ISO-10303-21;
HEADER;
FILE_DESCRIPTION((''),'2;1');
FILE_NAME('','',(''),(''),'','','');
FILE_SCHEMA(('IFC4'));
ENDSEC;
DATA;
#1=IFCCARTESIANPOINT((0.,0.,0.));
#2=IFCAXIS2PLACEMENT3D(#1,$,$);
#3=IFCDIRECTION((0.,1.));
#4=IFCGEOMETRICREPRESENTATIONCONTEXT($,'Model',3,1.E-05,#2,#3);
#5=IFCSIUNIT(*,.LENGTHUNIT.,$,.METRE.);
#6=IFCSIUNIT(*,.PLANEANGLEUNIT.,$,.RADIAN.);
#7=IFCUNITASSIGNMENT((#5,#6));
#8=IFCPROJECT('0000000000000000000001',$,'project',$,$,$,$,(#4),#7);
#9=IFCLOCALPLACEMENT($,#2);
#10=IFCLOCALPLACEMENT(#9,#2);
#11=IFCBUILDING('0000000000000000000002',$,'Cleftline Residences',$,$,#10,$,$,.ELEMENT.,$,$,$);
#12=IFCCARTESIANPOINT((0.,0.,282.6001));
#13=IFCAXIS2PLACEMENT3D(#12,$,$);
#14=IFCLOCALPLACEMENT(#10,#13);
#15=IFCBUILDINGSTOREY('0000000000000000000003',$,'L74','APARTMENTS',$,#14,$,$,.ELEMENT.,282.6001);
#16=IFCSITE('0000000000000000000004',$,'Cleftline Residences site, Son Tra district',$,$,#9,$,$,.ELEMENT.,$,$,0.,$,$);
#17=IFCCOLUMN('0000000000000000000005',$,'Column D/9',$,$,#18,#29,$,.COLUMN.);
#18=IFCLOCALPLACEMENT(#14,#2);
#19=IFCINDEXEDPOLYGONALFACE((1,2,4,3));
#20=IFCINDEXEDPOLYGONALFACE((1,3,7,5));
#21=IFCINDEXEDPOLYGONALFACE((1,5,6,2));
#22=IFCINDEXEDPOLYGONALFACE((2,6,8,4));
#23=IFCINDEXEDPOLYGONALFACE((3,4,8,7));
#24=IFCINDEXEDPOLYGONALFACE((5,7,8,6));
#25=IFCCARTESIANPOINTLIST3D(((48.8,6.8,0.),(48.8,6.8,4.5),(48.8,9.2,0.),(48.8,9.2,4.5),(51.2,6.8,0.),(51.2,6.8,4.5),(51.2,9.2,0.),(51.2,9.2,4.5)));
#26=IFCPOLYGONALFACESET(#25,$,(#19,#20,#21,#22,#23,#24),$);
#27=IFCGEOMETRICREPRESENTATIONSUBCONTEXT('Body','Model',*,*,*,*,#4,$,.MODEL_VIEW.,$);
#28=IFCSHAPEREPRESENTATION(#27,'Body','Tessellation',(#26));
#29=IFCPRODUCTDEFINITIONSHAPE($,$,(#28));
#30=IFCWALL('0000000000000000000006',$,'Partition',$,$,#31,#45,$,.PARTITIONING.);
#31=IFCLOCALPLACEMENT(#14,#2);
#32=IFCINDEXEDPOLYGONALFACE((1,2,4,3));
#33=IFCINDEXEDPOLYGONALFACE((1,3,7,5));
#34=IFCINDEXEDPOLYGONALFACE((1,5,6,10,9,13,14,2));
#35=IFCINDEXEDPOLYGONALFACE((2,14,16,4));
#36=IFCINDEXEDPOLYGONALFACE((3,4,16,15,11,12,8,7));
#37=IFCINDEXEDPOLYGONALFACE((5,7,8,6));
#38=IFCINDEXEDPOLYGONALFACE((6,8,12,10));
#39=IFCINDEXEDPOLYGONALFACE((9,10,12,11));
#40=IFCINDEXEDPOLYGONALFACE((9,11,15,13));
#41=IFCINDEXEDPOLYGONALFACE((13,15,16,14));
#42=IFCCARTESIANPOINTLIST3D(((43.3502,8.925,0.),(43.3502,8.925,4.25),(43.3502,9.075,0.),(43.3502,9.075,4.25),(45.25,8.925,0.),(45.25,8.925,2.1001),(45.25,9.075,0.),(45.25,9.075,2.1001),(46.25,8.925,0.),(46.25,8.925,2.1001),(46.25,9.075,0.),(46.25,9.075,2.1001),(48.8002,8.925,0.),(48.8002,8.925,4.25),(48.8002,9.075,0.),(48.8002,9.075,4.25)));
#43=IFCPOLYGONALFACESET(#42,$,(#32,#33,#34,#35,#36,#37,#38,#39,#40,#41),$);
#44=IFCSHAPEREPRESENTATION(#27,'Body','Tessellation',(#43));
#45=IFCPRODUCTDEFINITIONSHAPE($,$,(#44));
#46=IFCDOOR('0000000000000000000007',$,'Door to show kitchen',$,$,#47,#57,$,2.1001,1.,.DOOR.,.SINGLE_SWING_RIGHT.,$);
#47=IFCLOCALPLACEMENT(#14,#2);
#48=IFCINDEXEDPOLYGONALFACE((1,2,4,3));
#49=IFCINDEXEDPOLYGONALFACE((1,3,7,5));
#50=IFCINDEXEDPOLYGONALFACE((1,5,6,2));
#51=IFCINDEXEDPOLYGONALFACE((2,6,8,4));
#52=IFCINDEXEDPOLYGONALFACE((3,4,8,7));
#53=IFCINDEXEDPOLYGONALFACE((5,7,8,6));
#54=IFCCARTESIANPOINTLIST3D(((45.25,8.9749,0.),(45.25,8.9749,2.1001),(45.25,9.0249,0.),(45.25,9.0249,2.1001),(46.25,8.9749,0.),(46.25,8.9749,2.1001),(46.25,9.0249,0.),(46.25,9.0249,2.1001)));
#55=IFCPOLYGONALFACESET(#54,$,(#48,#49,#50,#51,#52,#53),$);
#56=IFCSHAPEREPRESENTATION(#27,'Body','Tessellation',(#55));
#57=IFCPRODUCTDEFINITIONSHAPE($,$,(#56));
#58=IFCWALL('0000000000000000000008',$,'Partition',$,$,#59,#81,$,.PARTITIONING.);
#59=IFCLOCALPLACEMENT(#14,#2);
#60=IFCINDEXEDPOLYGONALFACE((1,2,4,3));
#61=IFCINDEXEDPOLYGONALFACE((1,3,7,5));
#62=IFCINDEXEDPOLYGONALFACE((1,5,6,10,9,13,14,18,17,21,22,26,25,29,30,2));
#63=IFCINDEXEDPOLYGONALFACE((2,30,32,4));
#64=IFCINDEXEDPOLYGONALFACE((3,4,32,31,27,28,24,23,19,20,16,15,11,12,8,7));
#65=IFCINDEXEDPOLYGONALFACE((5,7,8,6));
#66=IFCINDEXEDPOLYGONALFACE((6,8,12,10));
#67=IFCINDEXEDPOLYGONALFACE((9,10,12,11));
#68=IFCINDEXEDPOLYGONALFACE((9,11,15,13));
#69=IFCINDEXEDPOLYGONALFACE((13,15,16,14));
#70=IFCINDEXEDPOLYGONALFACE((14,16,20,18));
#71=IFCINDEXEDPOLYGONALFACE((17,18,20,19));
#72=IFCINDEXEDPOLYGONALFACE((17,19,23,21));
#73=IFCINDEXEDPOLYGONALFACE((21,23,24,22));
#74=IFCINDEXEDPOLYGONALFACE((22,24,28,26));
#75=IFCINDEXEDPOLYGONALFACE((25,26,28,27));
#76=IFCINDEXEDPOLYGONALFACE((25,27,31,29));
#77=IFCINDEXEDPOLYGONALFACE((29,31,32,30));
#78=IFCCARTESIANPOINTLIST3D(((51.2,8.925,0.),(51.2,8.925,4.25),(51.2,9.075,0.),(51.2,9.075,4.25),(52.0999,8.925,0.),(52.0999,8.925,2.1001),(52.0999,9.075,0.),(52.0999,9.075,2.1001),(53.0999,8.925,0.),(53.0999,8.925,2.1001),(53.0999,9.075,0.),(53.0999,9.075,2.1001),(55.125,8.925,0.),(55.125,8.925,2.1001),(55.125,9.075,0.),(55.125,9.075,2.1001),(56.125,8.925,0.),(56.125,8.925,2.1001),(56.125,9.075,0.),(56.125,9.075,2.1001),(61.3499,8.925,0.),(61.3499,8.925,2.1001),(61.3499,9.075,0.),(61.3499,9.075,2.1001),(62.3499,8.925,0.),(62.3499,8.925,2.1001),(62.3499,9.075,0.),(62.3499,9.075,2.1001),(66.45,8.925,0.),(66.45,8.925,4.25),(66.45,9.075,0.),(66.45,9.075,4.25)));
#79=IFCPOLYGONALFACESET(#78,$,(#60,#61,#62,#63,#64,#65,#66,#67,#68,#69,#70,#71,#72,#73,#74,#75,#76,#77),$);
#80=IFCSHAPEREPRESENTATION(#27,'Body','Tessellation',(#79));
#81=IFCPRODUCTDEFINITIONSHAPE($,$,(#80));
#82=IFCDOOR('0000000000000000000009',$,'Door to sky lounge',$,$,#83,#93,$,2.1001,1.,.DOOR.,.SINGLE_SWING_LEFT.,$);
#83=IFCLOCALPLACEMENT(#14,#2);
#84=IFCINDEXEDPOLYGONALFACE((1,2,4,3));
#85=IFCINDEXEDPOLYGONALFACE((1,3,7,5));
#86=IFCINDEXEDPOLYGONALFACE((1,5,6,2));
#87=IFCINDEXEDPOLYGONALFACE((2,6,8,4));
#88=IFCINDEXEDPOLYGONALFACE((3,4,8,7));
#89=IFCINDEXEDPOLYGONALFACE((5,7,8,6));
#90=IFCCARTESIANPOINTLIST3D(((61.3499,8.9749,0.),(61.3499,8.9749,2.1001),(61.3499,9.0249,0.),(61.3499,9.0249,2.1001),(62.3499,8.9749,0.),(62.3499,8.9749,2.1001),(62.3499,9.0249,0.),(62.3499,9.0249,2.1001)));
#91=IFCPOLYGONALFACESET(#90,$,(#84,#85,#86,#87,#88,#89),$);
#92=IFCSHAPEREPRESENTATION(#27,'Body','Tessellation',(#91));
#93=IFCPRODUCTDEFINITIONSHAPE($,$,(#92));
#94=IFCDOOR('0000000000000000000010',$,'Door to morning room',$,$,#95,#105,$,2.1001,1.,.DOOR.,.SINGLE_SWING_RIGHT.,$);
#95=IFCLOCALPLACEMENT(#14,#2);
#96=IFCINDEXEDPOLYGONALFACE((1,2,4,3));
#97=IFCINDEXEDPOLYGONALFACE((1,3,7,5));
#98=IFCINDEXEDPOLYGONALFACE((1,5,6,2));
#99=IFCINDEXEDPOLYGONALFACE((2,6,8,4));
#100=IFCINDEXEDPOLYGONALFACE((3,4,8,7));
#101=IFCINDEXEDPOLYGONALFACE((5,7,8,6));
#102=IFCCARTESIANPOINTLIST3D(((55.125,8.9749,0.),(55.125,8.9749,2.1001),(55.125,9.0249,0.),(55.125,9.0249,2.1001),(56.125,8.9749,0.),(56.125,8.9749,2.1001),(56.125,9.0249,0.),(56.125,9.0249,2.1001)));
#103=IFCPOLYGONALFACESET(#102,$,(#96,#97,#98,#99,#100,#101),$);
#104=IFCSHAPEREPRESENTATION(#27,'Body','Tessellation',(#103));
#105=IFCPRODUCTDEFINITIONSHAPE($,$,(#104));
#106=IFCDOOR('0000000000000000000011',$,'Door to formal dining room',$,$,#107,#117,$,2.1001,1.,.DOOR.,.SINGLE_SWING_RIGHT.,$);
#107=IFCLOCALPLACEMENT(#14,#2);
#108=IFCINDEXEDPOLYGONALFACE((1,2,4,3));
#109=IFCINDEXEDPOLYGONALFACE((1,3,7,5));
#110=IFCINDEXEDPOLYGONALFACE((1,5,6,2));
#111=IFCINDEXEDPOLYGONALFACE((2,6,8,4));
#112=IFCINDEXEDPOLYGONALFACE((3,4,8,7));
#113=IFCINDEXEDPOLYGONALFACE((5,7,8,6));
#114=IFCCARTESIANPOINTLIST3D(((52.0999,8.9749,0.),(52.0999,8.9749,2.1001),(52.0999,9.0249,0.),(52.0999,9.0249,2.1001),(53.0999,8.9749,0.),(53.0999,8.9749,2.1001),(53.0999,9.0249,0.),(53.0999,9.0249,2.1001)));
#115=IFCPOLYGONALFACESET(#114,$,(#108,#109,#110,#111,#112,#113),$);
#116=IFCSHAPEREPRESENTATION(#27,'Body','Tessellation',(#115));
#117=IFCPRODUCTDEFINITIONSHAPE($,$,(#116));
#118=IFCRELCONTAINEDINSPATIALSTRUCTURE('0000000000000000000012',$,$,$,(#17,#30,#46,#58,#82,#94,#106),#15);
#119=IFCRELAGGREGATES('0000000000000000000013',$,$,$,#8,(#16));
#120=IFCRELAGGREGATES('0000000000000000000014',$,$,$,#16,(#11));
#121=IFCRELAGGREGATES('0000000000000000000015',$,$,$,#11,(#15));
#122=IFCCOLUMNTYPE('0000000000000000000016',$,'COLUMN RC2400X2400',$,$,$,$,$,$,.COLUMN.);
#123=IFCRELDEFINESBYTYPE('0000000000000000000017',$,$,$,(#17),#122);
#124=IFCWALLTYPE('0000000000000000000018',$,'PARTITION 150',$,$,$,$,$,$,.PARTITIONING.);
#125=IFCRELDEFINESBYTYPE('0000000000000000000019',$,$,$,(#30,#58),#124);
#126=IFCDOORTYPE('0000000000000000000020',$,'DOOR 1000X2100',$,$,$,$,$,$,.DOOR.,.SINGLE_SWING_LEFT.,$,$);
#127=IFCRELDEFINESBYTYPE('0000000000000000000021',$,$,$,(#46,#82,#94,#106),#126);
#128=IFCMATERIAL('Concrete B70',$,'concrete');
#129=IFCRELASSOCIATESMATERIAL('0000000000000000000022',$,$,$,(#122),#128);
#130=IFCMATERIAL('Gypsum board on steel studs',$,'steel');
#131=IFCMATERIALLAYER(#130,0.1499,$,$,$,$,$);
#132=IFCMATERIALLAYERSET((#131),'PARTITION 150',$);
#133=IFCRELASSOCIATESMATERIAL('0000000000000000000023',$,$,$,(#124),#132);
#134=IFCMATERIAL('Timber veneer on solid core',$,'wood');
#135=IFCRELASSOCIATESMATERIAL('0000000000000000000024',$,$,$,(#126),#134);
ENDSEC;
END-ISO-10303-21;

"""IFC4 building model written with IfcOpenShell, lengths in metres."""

from ifc_helpers import new_model, si_unit, direction, frame, frame_2d, origin, origin_2d, place, context, subcontext, project, spatial, rectangle, extrude, material, layer, layer_set, material_profile, profile_set, type_object, element, fill, save


model = new_model("IFC4")

# Units and contexts
model_context = context("Model", 3, precision=1e-05, world=origin(), true_north=direction((0.0, 1.0)))
body_context = subcontext(model_context, "Body", "Model", "MODEL_VIEW")
ifc_project = project(units=[si_unit("LENGTHUNIT", "METRE"), si_unit("PLANEANGLEUNIT", "RADIAN")], contexts=[model_context])

# Site, building, storey
site_placement = place(None, origin())
site = spatial("IfcSite", under=ifc_project, at=site_placement, Name="Cleftline Residences site, Son Tra district", CompositionType="ELEMENT", RefElevation=0.0)
building_placement = place(site_placement, origin())
building = spatial("IfcBuilding", under=site, at=building_placement, Name="Cleftline Residences", CompositionType="ELEMENT")
storey_placement = place(building_placement, frame((0.0, 0.0, 282.6001)))
storey = spatial("IfcBuildingStorey", under=building, at=storey_placement, Name="L74", Description="APARTMENTS", CompositionType="ELEMENT", Elevation=282.6001)

# Column
ifc_material_1 = material(Name="Concrete B70", Category="concrete")
ifc_material_profile = material_profile(ifc_material_1, rectangle(XDim=2.3999, YDim=2.3999, at=origin_2d()))
ifc_profile_set = profile_set([ifc_material_profile], Name="Concrete B70")
column_type = type_object("IfcColumnType", Name="COLUMN RC2400X2400", PredefinedType="COLUMN", material=ifc_profile_set)
column_placement = place(storey_placement, frame((50.0, 8.0, 0.0), z_axis=(0.0, 0.0, 1.0), x_axis=(1.0, 0.0, 0.0)))
element("IfcColumn", 1, at=column_placement, inside=storey, type_object=column_type, Name="Column D/9", PredefinedType="COLUMN", context=body_context, shape_type="SweptSolid", body=[
    extrude(rectangle(XDim=2.3999, YDim=2.3999, at=origin_2d()), origin(), (0.0, 0.0, 1.0), 4.5),
])

# Wall, opening, door
ifc_material_2 = material(Name="Gypsum board on steel studs", Category="steel")
ifc_layer_1 = layer(ifc_material_2, 0.1499)
ifc_layer_set_1 = layer_set([ifc_layer_1], Name="PARTITION 150")
wall_type_1 = type_object("IfcWallType", Name="PARTITION 150", PredefinedType="PARTITIONING", material=ifc_layer_set_1)
wall_1_placement = place(storey_placement, frame((43.3501, 9.0, 0.0), z_axis=(0.0, 0.0, 1.0), x_axis=(1.0, 0.0, 0.0)))
wall_1 = element("IfcWall", 2, at=wall_1_placement, inside=storey, type_object=wall_type_1, Name="Partition", PredefinedType="PARTITIONING", context=body_context, shape_type="SweptSolid", body=[
    extrude(rectangle(XDim=5.45, YDim=0.1499, at=frame_2d((2.7251, 0.0))), origin(), (0.0, 0.0, 1.0), 4.25),
])
opening_1_placement = place(wall_1_placement, frame((1.8999, 0.0, 0.0)))
opening_1 = element("IfcOpeningElement", 3, at=opening_1_placement, cuts=wall_1, PredefinedType="OPENING", context=body_context, shape_type="SweptSolid", body=[
    extrude(rectangle(XDim=1.0, YDim=2.1001, at=frame_2d((0.5, 1.05))), frame((0.0, 0.085, 0.0), z_axis=(0.0, -1.0, 0.0), x_axis=(1.0, 0.0, 0.0)), (0.0, 0.0, 1.0), 0.1699),
])
ifc_material_3 = material(Name="Timber veneer on solid core", Category="wood")
door_type_1 = type_object("IfcDoorType", Name="DOOR 1000X2100", OperationType="SINGLE_SWING_LEFT", PredefinedType="DOOR", material=ifc_material_3)
door_1_placement = place(opening_1_placement, origin())
door_1 = element("IfcDoor", 4, at=door_1_placement, inside=storey, type_object=door_type_1, Name="Door to show kitchen", OperationType="SINGLE_SWING_RIGHT", OverallHeight=2.1001, OverallWidth=1.0, PredefinedType="DOOR", context=body_context, shape_type="SweptSolid", body=[
    extrude(rectangle(XDim=1.0, YDim=2.1001, at=frame_2d((0.5, 1.05))), frame((0.0, 0.0249, 0.0), z_axis=(0.0, -1.0, 0.0), x_axis=(1.0, 0.0, 0.0)), (0.0, 0.0, 1.0), 0.05),
])
fill(opening_1, door_1)

# Wall, openings, doors
wall_2_placement = place(storey_placement, frame((51.2, 9.0, 0.0), z_axis=(0.0, 0.0, 1.0), x_axis=(1.0, 0.0, 0.0)))
wall_2 = element("IfcWall", 5, at=wall_2_placement, inside=storey, type_object=wall_type_1, Name="Partition", PredefinedType="PARTITIONING", context=body_context, shape_type="SweptSolid", body=[
    extrude(rectangle(XDim=15.25, YDim=0.1499, at=frame_2d((7.625, 0.0))), origin(), (0.0, 0.0, 1.0), 4.25),
])
opening_2_placement = place(wall_2_placement, frame((10.1499, 0.0, 0.0)))
opening_2 = element("IfcOpeningElement", 6, at=opening_2_placement, cuts=wall_2, PredefinedType="OPENING", context=body_context, shape_type="SweptSolid", body=[
    extrude(rectangle(XDim=1.0, YDim=2.1001, at=frame_2d((0.5, 1.05))), frame((0.0, 0.085, 0.0), z_axis=(0.0, -1.0, 0.0), x_axis=(1.0, 0.0, 0.0)), (0.0, 0.0, 1.0), 0.1699),
])
opening_3_placement = place(wall_2_placement, frame((3.925, 0.0, 0.0)))
opening_3 = element("IfcOpeningElement", 7, at=opening_3_placement, cuts=wall_2, PredefinedType="OPENING", context=body_context, shape_type="SweptSolid", body=[
    extrude(rectangle(XDim=1.0, YDim=2.1001, at=frame_2d((0.5, 1.05))), frame((0.0, 0.085, 0.0), z_axis=(0.0, -1.0, 0.0), x_axis=(1.0, 0.0, 0.0)), (0.0, 0.0, 1.0), 0.1699),
])
opening_4_placement = place(wall_2_placement, frame((0.8999, 0.0, 0.0)))
opening_4 = element("IfcOpeningElement", 8, at=opening_4_placement, cuts=wall_2, PredefinedType="OPENING", context=body_context, shape_type="SweptSolid", body=[
    extrude(rectangle(XDim=1.0, YDim=2.1001, at=frame_2d((0.5, 1.05))), frame((0.0, 0.085, 0.0), z_axis=(0.0, -1.0, 0.0), x_axis=(1.0, 0.0, 0.0)), (0.0, 0.0, 1.0), 0.1699),
])
door_2_placement = place(opening_2_placement, origin())
door_2 = element("IfcDoor", 9, at=door_2_placement, inside=storey, type_object=door_type_1, Name="Door to sky lounge", OperationType="SINGLE_SWING_LEFT", OverallHeight=2.1001, OverallWidth=1.0, PredefinedType="DOOR", context=body_context, shape_type="SweptSolid", body=[
    extrude(rectangle(XDim=1.0, YDim=2.1001, at=frame_2d((0.5, 1.05))), frame((0.0, 0.0249, 0.0), z_axis=(0.0, -1.0, 0.0), x_axis=(1.0, 0.0, 0.0)), (0.0, 0.0, 1.0), 0.05),
])
fill(opening_2, door_2)
door_3_placement = place(opening_3_placement, origin())
door_3 = element("IfcDoor", 10, at=door_3_placement, inside=storey, type_object=door_type_1, Name="Door to morning room", OperationType="SINGLE_SWING_RIGHT", OverallHeight=2.1001, OverallWidth=1.0, PredefinedType="DOOR", context=body_context, shape_type="SweptSolid", body=[
    extrude(rectangle(XDim=1.0, YDim=2.1001, at=frame_2d((0.5, 1.05))), frame((0.0, 0.0249, 0.0), z_axis=(0.0, -1.0, 0.0), x_axis=(1.0, 0.0, 0.0)), (0.0, 0.0, 1.0), 0.05),
])
fill(opening_3, door_3)
door_4_placement = place(opening_4_placement, origin())
door_4 = element("IfcDoor", 11, at=door_4_placement, inside=storey, type_object=door_type_1, Name="Door to formal dining room", OperationType="SINGLE_SWING_RIGHT", OverallHeight=2.1001, OverallWidth=1.0, PredefinedType="DOOR", context=body_context, shape_type="SweptSolid", body=[
    extrude(rectangle(XDim=1.0, YDim=2.1001, at=frame_2d((0.5, 1.05))), frame((0.0, 0.0249, 0.0), z_axis=(0.0, -1.0, 0.0), x_axis=(1.0, 0.0, 0.0)), (0.0, 0.0, 1.0), 0.05),
])
fill(opening_4, door_4)

save(model, "model.ifc")
